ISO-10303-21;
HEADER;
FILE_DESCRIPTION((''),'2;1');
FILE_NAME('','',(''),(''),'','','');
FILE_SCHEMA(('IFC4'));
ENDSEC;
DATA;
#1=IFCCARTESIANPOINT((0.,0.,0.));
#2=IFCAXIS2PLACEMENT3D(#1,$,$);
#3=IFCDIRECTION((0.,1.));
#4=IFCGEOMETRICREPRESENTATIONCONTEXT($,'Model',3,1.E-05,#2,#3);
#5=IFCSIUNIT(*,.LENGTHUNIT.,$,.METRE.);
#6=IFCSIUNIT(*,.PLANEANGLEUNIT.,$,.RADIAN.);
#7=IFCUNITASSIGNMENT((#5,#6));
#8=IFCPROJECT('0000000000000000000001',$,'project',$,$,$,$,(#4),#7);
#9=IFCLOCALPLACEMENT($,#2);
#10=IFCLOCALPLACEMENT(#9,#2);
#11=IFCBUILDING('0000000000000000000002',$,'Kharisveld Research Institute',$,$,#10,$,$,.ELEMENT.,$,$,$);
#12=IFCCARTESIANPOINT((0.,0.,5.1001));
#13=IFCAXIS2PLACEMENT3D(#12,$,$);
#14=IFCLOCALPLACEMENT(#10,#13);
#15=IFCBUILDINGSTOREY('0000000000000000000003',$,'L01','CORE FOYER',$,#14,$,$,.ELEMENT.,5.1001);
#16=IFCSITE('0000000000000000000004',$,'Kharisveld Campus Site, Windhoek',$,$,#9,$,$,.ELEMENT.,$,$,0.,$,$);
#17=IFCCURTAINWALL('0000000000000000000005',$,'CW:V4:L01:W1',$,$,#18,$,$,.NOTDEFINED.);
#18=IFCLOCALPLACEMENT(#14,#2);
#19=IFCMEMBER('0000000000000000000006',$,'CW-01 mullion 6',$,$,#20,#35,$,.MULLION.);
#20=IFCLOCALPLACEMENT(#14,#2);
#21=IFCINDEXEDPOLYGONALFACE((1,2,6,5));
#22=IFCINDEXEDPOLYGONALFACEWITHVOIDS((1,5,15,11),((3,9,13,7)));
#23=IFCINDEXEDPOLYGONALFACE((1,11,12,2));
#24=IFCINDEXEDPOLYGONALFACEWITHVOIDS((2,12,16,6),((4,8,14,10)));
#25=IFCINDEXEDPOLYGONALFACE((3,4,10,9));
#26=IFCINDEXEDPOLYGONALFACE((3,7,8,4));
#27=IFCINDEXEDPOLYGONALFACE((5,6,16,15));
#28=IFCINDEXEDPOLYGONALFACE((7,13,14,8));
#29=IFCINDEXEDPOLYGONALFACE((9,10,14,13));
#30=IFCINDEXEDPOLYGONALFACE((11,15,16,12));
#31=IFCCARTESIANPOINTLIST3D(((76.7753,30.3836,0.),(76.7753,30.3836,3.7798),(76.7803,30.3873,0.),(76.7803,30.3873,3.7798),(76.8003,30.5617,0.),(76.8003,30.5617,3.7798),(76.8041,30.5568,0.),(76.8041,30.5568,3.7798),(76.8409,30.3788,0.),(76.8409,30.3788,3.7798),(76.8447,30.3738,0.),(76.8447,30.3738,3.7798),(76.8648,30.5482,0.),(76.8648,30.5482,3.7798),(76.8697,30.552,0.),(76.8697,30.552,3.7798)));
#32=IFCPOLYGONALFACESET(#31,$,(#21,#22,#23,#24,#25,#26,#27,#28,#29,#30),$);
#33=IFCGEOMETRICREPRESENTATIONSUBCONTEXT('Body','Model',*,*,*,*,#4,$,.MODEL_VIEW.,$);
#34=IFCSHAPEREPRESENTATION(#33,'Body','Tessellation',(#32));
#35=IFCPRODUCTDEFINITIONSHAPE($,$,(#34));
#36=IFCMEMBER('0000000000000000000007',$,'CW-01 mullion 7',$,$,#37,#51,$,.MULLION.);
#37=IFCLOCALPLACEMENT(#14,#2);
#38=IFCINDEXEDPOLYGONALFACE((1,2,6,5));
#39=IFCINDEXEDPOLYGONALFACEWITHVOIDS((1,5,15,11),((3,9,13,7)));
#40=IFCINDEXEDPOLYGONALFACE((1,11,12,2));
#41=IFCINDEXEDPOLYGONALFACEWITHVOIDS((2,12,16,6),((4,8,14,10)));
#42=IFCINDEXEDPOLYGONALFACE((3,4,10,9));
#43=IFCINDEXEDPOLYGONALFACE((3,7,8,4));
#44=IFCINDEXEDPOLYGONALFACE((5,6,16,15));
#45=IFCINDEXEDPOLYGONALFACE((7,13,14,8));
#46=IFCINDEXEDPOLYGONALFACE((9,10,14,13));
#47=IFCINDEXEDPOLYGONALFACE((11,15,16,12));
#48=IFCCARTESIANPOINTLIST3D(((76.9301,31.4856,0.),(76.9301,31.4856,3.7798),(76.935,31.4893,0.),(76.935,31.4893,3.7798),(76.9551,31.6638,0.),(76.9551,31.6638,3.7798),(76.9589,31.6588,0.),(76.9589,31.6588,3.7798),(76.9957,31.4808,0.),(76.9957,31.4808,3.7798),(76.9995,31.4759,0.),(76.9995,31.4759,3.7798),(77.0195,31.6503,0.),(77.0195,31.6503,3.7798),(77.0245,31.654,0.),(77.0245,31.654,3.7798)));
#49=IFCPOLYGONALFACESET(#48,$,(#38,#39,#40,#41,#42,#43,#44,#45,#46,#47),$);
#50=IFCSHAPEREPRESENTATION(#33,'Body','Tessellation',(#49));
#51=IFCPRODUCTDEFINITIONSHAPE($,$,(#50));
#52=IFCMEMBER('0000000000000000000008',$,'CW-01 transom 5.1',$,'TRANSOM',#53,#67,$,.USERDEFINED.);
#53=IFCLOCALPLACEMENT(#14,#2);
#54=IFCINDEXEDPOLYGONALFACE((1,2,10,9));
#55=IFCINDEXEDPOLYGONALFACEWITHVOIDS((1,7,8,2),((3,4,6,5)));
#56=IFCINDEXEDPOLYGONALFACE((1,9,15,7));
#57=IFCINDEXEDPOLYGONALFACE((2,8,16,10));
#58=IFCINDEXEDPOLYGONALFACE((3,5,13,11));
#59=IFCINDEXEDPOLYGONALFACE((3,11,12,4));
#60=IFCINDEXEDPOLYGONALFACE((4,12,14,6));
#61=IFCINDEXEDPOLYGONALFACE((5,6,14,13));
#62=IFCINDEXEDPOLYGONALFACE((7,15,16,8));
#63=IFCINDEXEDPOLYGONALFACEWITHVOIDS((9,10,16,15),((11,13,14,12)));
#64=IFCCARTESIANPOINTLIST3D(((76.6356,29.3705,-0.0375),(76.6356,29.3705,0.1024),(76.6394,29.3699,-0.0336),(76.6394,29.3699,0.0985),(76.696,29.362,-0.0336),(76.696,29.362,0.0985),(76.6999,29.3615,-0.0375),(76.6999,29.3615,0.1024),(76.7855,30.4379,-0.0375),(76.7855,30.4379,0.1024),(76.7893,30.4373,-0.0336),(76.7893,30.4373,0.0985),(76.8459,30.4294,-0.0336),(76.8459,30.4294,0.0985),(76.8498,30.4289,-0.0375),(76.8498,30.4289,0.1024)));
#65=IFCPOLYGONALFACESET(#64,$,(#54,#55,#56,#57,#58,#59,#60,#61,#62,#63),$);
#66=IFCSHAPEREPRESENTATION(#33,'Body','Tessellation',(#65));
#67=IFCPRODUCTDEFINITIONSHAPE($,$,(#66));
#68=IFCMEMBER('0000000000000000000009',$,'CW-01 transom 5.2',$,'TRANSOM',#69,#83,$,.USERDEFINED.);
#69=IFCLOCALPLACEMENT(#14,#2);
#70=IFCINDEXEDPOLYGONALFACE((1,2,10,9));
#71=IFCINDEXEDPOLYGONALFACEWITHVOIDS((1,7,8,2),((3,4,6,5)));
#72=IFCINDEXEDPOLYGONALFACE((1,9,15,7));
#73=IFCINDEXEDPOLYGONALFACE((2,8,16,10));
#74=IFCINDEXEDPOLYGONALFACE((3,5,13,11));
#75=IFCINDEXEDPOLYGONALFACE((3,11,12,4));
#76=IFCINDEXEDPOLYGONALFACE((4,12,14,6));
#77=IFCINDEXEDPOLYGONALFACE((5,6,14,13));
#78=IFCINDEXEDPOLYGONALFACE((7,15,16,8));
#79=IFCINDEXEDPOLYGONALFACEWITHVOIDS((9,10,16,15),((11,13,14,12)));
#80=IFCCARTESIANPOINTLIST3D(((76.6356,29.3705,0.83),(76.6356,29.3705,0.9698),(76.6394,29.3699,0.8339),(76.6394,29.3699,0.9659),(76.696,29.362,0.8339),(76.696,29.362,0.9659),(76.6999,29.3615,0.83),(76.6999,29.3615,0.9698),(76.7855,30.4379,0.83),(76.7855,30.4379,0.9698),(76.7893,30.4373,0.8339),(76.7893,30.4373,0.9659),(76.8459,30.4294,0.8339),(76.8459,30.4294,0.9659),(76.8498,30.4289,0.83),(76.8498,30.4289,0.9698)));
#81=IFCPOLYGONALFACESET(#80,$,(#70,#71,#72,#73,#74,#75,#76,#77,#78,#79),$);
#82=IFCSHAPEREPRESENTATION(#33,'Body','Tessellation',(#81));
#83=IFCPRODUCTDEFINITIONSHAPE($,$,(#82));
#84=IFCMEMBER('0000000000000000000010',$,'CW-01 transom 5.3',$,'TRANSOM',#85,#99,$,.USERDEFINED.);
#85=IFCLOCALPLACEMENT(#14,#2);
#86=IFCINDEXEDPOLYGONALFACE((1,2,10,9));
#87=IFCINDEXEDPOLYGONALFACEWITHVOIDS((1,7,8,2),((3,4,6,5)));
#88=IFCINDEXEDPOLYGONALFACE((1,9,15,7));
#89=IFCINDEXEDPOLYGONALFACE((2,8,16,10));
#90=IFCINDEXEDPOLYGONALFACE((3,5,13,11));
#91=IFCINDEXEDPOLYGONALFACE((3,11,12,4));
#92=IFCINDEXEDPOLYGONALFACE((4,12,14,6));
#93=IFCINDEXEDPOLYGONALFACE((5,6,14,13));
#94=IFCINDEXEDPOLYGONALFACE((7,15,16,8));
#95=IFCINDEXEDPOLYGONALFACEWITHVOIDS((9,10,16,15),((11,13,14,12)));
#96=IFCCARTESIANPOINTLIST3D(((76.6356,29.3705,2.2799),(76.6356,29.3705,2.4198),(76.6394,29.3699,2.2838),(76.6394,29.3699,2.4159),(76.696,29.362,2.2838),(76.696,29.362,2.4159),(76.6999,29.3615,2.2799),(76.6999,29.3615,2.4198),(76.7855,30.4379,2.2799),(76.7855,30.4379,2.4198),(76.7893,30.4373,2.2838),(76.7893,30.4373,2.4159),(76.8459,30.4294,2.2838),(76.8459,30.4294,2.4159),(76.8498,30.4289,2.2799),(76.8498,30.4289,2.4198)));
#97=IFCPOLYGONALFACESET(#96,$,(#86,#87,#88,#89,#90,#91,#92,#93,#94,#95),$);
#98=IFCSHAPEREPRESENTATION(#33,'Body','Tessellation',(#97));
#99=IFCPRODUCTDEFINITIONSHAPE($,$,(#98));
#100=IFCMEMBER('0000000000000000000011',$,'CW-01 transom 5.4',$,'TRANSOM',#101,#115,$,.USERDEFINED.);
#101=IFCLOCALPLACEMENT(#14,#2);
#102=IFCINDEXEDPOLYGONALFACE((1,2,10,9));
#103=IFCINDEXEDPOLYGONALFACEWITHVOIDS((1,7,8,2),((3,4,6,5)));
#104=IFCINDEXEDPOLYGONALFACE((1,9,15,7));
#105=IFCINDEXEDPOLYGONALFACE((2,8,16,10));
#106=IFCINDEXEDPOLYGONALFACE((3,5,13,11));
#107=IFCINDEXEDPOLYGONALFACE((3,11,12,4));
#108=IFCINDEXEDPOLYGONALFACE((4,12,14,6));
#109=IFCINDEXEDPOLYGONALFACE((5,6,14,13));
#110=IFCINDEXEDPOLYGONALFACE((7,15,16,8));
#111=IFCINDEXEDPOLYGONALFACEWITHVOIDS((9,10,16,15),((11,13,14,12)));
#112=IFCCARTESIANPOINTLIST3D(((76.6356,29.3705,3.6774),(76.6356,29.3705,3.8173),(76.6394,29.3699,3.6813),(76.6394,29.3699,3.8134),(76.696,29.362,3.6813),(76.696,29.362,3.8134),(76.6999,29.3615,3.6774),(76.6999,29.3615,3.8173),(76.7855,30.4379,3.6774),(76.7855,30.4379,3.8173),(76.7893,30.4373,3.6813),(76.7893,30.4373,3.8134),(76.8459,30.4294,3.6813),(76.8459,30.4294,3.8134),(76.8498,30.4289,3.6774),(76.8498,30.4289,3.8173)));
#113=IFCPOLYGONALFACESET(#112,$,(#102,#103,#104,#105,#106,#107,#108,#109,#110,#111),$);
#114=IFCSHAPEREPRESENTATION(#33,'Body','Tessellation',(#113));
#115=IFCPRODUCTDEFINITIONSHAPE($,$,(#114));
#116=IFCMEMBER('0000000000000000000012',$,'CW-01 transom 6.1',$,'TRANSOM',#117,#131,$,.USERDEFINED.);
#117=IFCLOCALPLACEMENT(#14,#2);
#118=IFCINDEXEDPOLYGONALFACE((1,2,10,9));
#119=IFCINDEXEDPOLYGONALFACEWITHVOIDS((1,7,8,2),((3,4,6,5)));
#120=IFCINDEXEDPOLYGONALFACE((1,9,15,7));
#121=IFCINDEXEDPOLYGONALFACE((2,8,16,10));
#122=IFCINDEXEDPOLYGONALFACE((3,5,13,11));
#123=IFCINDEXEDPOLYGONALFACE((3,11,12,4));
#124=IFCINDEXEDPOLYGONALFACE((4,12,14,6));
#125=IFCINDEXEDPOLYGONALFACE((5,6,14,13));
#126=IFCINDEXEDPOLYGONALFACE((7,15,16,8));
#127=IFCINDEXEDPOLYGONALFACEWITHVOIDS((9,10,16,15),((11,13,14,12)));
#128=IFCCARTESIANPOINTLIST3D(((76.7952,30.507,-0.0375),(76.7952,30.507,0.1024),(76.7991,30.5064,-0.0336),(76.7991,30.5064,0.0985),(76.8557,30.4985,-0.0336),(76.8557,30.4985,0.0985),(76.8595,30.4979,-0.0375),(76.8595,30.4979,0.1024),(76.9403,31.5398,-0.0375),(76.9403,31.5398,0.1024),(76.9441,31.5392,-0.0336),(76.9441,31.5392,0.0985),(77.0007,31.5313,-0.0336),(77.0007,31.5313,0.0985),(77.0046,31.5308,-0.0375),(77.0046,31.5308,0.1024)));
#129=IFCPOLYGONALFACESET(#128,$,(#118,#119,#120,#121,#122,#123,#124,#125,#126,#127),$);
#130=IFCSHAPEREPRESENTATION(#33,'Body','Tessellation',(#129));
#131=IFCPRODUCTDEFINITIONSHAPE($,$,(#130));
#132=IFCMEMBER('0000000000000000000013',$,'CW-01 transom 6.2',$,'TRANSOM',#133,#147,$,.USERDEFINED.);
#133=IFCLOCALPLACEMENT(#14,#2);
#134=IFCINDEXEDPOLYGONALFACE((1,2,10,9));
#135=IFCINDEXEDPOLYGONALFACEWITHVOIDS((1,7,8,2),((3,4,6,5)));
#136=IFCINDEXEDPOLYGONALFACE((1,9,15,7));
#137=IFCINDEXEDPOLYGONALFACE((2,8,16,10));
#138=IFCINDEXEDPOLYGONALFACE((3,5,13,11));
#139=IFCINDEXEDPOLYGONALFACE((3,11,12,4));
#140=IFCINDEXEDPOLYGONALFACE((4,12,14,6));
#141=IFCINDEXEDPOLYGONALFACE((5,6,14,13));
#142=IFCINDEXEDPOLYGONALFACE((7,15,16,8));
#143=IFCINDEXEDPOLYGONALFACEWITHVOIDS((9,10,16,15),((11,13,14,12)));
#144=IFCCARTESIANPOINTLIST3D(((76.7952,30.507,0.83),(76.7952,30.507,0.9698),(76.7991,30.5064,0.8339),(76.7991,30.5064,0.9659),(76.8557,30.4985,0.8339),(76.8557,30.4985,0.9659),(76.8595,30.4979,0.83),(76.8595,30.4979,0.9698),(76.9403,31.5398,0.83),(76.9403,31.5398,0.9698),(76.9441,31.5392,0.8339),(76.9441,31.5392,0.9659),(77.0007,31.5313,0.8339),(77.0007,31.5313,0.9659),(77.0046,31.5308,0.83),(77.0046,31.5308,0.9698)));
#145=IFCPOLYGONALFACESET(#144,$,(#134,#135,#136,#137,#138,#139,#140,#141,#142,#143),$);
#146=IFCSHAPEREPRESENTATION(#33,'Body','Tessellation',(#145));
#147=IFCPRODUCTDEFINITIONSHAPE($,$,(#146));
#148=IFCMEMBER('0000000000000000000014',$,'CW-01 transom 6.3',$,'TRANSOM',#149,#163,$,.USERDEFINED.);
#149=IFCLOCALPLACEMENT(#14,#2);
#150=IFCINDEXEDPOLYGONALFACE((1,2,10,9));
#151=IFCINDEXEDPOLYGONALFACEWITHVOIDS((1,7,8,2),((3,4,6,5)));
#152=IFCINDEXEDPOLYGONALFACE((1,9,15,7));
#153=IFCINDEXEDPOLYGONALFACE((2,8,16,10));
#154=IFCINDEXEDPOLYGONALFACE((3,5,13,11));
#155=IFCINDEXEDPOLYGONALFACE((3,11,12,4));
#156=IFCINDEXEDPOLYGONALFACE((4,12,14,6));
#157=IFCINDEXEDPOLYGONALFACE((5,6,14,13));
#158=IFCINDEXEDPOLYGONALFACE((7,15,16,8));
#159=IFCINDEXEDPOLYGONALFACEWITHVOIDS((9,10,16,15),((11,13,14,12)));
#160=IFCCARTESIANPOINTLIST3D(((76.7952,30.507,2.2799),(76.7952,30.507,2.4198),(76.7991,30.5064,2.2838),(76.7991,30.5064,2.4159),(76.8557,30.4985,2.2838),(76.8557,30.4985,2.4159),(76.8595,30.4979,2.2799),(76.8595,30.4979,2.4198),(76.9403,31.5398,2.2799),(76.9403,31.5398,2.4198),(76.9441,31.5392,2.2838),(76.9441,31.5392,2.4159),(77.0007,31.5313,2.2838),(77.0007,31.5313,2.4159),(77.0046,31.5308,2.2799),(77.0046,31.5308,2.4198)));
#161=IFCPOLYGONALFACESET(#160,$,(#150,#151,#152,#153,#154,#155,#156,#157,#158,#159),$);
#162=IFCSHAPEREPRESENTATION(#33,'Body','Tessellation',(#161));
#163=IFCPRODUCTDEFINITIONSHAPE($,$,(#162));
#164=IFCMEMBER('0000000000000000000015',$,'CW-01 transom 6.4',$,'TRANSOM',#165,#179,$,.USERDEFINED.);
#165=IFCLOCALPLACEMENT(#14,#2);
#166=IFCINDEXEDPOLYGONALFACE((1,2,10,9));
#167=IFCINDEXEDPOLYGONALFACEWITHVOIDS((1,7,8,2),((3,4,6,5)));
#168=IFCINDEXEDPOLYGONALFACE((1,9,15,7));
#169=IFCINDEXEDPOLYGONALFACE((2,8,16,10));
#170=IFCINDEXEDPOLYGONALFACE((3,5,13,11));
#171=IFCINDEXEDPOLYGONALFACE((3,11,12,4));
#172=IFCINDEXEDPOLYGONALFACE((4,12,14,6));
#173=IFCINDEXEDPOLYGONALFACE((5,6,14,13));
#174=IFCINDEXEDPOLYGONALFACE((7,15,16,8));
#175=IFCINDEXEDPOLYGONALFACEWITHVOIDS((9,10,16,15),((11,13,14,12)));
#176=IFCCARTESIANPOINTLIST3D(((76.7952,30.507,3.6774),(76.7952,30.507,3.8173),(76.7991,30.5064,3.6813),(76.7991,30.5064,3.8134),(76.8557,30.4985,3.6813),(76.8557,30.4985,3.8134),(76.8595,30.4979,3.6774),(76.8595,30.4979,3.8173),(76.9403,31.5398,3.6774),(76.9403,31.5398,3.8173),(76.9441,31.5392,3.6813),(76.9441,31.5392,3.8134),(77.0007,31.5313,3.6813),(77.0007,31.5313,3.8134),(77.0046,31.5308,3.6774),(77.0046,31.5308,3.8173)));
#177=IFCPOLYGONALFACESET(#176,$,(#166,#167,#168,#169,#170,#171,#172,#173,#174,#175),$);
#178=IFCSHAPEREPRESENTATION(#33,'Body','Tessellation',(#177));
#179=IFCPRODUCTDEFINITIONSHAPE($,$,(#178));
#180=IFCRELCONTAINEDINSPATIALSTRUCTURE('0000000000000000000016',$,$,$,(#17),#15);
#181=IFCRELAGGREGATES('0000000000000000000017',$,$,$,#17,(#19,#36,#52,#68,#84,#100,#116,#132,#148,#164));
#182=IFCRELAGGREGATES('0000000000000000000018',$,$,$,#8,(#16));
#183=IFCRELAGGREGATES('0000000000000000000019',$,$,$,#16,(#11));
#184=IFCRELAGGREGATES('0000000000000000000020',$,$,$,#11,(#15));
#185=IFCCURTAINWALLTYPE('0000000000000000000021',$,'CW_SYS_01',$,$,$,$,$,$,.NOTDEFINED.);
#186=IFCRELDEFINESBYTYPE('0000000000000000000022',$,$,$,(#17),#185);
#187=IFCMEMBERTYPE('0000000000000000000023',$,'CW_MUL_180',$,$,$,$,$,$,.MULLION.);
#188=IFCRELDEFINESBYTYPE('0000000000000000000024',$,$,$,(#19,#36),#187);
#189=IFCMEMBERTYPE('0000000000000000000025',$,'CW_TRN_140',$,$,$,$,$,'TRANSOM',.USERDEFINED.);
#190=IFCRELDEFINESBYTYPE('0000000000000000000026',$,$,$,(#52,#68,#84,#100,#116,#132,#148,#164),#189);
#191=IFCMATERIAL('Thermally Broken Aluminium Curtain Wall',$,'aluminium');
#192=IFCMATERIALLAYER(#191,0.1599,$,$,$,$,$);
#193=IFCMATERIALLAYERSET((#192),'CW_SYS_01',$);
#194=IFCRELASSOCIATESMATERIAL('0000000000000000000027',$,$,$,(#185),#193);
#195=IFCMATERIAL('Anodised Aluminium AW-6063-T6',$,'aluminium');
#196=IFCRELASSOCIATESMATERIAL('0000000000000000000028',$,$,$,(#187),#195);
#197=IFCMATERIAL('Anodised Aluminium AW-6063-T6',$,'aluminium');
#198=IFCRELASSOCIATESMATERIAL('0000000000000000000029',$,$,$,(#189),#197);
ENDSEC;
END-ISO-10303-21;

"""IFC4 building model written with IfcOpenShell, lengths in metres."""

from ifc_helpers import new_model, si_unit, direction, frame, origin, origin_2d, place, context, subcontext, project, spatial, hollow_rectangle, extrude, material, layer, layer_set, material_profile, profile_set, type_object, element, aggregate, save


model = new_model("IFC4")

# Units and contexts
model_context = context("Model", 3, precision=1e-05, world=origin(), true_north=direction((0.0, 1.0)))
body_context = subcontext(model_context, "Body", "Model", "MODEL_VIEW")
ifc_project = project(units=[si_unit("LENGTHUNIT", "METRE"), si_unit("PLANEANGLEUNIT", "RADIAN")], contexts=[model_context])

# Site, building, storey
site_placement = place(None, origin())
site = spatial("IfcSite", under=ifc_project, at=site_placement, Name="Kharisveld Campus Site, Windhoek", CompositionType="ELEMENT", RefElevation=0.0)
building_placement = place(site_placement, origin())
building = spatial("IfcBuilding", under=site, at=building_placement, Name="Kharisveld Research Institute", CompositionType="ELEMENT")
storey_placement = place(building_placement, frame((0.0, 0.0, 5.1001)))
storey = spatial("IfcBuildingStorey", under=building, at=storey_placement, Name="L01", Description="CORE FOYER", CompositionType="ELEMENT", Elevation=5.1001)

# Curtain wall, members
ifc_material_1 = material(Name="Thermally Broken Aluminium Curtain Wall", Category="aluminium")
ifc_layer_1 = layer(ifc_material_1, 0.1599)
ifc_layer_set_1 = layer_set([ifc_layer_1], Name="CW_SYS_01")
curtain_wall_type = type_object("IfcCurtainWallType", Name="CW_SYS_01", PredefinedType="NOTDEFINED", material=ifc_layer_set_1)
curtain_wall_placement = place(storey_placement, origin())
curtain_wall = element("IfcCurtainWall", 1, at=curtain_wall_placement, inside=storey, type_object=curtain_wall_type, Name="CW:V4:L01:W1", PredefinedType="NOTDEFINED")
ifc_material_2 = material(Name="Anodised Aluminium AW-6063-T6", Category="aluminium")
ifc_material_profile_1 = material_profile(ifc_material_2, hollow_rectangle(XDim=0.0701, YDim=0.1799, WallThickness=0.0044, at=origin_2d()))
ifc_profile_set_1 = profile_set([ifc_material_profile_1], Name="Anodised Aluminium AW-6063-T6")
member_type_1 = type_object("IfcMemberType", Name="CW_MUL_180", PredefinedType="MULLION", material=ifc_profile_set_1)
member_1_placement = place(storey_placement, frame((76.8225, 30.4678, 0.0), z_axis=(0.0, 0.0, 1.0), x_axis=(-0.990268, 0.139173, 0.0)))
member_1 = element("IfcMember", 2, at=member_1_placement, type_object=member_type_1, Name="CW-01 mullion 6", PredefinedType="MULLION", context=body_context, shape_type="SweptSolid", body=[
    extrude(hollow_rectangle(XDim=0.0701, YDim=0.1799, WallThickness=0.0044, at=origin_2d()), origin(), (0.0, 0.0, 1.0), 3.7798),
])
member_2_placement = place(storey_placement, frame((76.9773, 31.5698, 0.0), z_axis=(0.0, 0.0, 1.0), x_axis=(-0.990268, 0.139173, 0.0)))
member_2 = element("IfcMember", 3, at=member_2_placement, type_object=member_type_1, Name="CW-01 mullion 7", PredefinedType="MULLION", context=body_context, shape_type="SweptSolid", body=[
    extrude(hollow_rectangle(XDim=0.0701, YDim=0.1799, WallThickness=0.0044, at=origin_2d()), origin(), (0.0, 0.0, 1.0), 3.7798),
])
ifc_material_3 = material(Name="Anodised Aluminium AW-6063-T6", Category="aluminium")
ifc_material_profile_2 = material_profile(ifc_material_3, hollow_rectangle(XDim=0.0649, YDim=0.1399, WallThickness=0.0039, at=origin_2d()))
ifc_profile_set_2 = profile_set([ifc_material_profile_2], Name="Anodised Aluminium AW-6063-T6")
member_type_2 = type_object("IfcMemberType", Name="CW_TRN_140", ElementType="TRANSOM", PredefinedType="USERDEFINED", material=ifc_profile_set_2)
member_3_placement = place(storey_placement, frame((76.6677, 29.366, 0.0325), z_axis=(0.139074, 0.990282, 0.0), x_axis=(-0.990282, 0.139074, 0.0)))
member_3 = element("IfcMember", 4, at=member_3_placement, type_object=member_type_2, Name="CW-01 transom 5.1", ObjectType="TRANSOM", PredefinedType="USERDEFINED", context=body_context, shape_type="SweptSolid", body=[
    extrude(hollow_rectangle(XDim=0.0649, YDim=0.1399, WallThickness=0.0039, at=origin_2d()), origin(), (0.0, 0.0, 1.0), 1.0779),
])
member_4_placement = place(storey_placement, frame((76.6677, 29.366, 0.8999), z_axis=(0.139074, 0.990282, 0.0), x_axis=(-0.990282, 0.139074, 0.0)))
member_4 = element("IfcMember", 5, at=member_4_placement, type_object=member_type_2, Name="CW-01 transom 5.2", ObjectType="TRANSOM", PredefinedType="USERDEFINED", context=body_context, shape_type="SweptSolid", body=[
    extrude(hollow_rectangle(XDim=0.0649, YDim=0.1399, WallThickness=0.0039, at=origin_2d()), origin(), (0.0, 0.0, 1.0), 1.0779),
])
member_5_placement = place(storey_placement, frame((76.6677, 29.366, 2.3499), z_axis=(0.139074, 0.990282, 0.0), x_axis=(-0.990282, 0.139074, 0.0)))
member_5 = element("IfcMember", 6, at=member_5_placement, type_object=member_type_2, Name="CW-01 transom 5.3", ObjectType="TRANSOM", PredefinedType="USERDEFINED", context=body_context, shape_type="SweptSolid", body=[
    extrude(hollow_rectangle(XDim=0.0649, YDim=0.1399, WallThickness=0.0039, at=origin_2d()), origin(), (0.0, 0.0, 1.0), 1.0779),
])
member_6_placement = place(storey_placement, frame((76.6677, 29.366, 3.7473), z_axis=(0.139074, 0.990282, 0.0), x_axis=(-0.990282, 0.139074, 0.0)))
member_6 = element("IfcMember", 7, at=member_6_placement, type_object=member_type_2, Name="CW-01 transom 5.4", ObjectType="TRANSOM", PredefinedType="USERDEFINED", context=body_context, shape_type="SweptSolid", body=[
    extrude(hollow_rectangle(XDim=0.0649, YDim=0.1399, WallThickness=0.0039, at=origin_2d()), origin(), (0.0, 0.0, 1.0), 1.0779),
])
member_7_placement = place(storey_placement, frame((76.8274, 30.5024, 0.0325), z_axis=(0.139061, 0.990284, 0.0), x_axis=(-0.990284, 0.139061, 0.0)))
member_7 = element("IfcMember", 8, at=member_7_placement, type_object=member_type_2, Name="CW-01 transom 6.1", ObjectType="TRANSOM", PredefinedType="USERDEFINED", context=body_context, shape_type="SweptSolid", body=[
    extrude(hollow_rectangle(XDim=0.0649, YDim=0.1399, WallThickness=0.0039, at=origin_2d()), origin(), (0.0, 0.0, 1.0), 1.043),
])
member_8_placement = place(storey_placement, frame((76.8274, 30.5024, 0.8999), z_axis=(0.139061, 0.990284, 0.0), x_axis=(-0.990284, 0.139061, 0.0)))
member_8 = element("IfcMember", 9, at=member_8_placement, type_object=member_type_2, Name="CW-01 transom 6.2", ObjectType="TRANSOM", PredefinedType="USERDEFINED", context=body_context, shape_type="SweptSolid", body=[
    extrude(hollow_rectangle(XDim=0.0649, YDim=0.1399, WallThickness=0.0039, at=origin_2d()), origin(), (0.0, 0.0, 1.0), 1.043),
])
member_9_placement = place(storey_placement, frame((76.8274, 30.5024, 2.3499), z_axis=(0.139061, 0.990284, 0.0), x_axis=(-0.990284, 0.139061, 0.0)))
member_9 = element("IfcMember", 10, at=member_9_placement, type_object=member_type_2, Name="CW-01 transom 6.3", ObjectType="TRANSOM", PredefinedType="USERDEFINED", context=body_context, shape_type="SweptSolid", body=[
    extrude(hollow_rectangle(XDim=0.0649, YDim=0.1399, WallThickness=0.0039, at=origin_2d()), origin(), (0.0, 0.0, 1.0), 1.043),
])
member_10_placement = place(storey_placement, frame((76.8274, 30.5024, 3.7473), z_axis=(0.139061, 0.990284, 0.0), x_axis=(-0.990284, 0.139061, 0.0)))
member_10 = element("IfcMember", 11, at=member_10_placement, type_object=member_type_2, Name="CW-01 transom 6.4", ObjectType="TRANSOM", PredefinedType="USERDEFINED", context=body_context, shape_type="SweptSolid", body=[
    extrude(hollow_rectangle(XDim=0.0649, YDim=0.1399, WallThickness=0.0039, at=origin_2d()), origin(), (0.0, 0.0, 1.0), 1.043),
])

aggregate(curtain_wall, [member_1, member_2, member_3, member_4, member_5, member_6, member_7, member_8, member_9, member_10])

save(model, "model.ifc")
